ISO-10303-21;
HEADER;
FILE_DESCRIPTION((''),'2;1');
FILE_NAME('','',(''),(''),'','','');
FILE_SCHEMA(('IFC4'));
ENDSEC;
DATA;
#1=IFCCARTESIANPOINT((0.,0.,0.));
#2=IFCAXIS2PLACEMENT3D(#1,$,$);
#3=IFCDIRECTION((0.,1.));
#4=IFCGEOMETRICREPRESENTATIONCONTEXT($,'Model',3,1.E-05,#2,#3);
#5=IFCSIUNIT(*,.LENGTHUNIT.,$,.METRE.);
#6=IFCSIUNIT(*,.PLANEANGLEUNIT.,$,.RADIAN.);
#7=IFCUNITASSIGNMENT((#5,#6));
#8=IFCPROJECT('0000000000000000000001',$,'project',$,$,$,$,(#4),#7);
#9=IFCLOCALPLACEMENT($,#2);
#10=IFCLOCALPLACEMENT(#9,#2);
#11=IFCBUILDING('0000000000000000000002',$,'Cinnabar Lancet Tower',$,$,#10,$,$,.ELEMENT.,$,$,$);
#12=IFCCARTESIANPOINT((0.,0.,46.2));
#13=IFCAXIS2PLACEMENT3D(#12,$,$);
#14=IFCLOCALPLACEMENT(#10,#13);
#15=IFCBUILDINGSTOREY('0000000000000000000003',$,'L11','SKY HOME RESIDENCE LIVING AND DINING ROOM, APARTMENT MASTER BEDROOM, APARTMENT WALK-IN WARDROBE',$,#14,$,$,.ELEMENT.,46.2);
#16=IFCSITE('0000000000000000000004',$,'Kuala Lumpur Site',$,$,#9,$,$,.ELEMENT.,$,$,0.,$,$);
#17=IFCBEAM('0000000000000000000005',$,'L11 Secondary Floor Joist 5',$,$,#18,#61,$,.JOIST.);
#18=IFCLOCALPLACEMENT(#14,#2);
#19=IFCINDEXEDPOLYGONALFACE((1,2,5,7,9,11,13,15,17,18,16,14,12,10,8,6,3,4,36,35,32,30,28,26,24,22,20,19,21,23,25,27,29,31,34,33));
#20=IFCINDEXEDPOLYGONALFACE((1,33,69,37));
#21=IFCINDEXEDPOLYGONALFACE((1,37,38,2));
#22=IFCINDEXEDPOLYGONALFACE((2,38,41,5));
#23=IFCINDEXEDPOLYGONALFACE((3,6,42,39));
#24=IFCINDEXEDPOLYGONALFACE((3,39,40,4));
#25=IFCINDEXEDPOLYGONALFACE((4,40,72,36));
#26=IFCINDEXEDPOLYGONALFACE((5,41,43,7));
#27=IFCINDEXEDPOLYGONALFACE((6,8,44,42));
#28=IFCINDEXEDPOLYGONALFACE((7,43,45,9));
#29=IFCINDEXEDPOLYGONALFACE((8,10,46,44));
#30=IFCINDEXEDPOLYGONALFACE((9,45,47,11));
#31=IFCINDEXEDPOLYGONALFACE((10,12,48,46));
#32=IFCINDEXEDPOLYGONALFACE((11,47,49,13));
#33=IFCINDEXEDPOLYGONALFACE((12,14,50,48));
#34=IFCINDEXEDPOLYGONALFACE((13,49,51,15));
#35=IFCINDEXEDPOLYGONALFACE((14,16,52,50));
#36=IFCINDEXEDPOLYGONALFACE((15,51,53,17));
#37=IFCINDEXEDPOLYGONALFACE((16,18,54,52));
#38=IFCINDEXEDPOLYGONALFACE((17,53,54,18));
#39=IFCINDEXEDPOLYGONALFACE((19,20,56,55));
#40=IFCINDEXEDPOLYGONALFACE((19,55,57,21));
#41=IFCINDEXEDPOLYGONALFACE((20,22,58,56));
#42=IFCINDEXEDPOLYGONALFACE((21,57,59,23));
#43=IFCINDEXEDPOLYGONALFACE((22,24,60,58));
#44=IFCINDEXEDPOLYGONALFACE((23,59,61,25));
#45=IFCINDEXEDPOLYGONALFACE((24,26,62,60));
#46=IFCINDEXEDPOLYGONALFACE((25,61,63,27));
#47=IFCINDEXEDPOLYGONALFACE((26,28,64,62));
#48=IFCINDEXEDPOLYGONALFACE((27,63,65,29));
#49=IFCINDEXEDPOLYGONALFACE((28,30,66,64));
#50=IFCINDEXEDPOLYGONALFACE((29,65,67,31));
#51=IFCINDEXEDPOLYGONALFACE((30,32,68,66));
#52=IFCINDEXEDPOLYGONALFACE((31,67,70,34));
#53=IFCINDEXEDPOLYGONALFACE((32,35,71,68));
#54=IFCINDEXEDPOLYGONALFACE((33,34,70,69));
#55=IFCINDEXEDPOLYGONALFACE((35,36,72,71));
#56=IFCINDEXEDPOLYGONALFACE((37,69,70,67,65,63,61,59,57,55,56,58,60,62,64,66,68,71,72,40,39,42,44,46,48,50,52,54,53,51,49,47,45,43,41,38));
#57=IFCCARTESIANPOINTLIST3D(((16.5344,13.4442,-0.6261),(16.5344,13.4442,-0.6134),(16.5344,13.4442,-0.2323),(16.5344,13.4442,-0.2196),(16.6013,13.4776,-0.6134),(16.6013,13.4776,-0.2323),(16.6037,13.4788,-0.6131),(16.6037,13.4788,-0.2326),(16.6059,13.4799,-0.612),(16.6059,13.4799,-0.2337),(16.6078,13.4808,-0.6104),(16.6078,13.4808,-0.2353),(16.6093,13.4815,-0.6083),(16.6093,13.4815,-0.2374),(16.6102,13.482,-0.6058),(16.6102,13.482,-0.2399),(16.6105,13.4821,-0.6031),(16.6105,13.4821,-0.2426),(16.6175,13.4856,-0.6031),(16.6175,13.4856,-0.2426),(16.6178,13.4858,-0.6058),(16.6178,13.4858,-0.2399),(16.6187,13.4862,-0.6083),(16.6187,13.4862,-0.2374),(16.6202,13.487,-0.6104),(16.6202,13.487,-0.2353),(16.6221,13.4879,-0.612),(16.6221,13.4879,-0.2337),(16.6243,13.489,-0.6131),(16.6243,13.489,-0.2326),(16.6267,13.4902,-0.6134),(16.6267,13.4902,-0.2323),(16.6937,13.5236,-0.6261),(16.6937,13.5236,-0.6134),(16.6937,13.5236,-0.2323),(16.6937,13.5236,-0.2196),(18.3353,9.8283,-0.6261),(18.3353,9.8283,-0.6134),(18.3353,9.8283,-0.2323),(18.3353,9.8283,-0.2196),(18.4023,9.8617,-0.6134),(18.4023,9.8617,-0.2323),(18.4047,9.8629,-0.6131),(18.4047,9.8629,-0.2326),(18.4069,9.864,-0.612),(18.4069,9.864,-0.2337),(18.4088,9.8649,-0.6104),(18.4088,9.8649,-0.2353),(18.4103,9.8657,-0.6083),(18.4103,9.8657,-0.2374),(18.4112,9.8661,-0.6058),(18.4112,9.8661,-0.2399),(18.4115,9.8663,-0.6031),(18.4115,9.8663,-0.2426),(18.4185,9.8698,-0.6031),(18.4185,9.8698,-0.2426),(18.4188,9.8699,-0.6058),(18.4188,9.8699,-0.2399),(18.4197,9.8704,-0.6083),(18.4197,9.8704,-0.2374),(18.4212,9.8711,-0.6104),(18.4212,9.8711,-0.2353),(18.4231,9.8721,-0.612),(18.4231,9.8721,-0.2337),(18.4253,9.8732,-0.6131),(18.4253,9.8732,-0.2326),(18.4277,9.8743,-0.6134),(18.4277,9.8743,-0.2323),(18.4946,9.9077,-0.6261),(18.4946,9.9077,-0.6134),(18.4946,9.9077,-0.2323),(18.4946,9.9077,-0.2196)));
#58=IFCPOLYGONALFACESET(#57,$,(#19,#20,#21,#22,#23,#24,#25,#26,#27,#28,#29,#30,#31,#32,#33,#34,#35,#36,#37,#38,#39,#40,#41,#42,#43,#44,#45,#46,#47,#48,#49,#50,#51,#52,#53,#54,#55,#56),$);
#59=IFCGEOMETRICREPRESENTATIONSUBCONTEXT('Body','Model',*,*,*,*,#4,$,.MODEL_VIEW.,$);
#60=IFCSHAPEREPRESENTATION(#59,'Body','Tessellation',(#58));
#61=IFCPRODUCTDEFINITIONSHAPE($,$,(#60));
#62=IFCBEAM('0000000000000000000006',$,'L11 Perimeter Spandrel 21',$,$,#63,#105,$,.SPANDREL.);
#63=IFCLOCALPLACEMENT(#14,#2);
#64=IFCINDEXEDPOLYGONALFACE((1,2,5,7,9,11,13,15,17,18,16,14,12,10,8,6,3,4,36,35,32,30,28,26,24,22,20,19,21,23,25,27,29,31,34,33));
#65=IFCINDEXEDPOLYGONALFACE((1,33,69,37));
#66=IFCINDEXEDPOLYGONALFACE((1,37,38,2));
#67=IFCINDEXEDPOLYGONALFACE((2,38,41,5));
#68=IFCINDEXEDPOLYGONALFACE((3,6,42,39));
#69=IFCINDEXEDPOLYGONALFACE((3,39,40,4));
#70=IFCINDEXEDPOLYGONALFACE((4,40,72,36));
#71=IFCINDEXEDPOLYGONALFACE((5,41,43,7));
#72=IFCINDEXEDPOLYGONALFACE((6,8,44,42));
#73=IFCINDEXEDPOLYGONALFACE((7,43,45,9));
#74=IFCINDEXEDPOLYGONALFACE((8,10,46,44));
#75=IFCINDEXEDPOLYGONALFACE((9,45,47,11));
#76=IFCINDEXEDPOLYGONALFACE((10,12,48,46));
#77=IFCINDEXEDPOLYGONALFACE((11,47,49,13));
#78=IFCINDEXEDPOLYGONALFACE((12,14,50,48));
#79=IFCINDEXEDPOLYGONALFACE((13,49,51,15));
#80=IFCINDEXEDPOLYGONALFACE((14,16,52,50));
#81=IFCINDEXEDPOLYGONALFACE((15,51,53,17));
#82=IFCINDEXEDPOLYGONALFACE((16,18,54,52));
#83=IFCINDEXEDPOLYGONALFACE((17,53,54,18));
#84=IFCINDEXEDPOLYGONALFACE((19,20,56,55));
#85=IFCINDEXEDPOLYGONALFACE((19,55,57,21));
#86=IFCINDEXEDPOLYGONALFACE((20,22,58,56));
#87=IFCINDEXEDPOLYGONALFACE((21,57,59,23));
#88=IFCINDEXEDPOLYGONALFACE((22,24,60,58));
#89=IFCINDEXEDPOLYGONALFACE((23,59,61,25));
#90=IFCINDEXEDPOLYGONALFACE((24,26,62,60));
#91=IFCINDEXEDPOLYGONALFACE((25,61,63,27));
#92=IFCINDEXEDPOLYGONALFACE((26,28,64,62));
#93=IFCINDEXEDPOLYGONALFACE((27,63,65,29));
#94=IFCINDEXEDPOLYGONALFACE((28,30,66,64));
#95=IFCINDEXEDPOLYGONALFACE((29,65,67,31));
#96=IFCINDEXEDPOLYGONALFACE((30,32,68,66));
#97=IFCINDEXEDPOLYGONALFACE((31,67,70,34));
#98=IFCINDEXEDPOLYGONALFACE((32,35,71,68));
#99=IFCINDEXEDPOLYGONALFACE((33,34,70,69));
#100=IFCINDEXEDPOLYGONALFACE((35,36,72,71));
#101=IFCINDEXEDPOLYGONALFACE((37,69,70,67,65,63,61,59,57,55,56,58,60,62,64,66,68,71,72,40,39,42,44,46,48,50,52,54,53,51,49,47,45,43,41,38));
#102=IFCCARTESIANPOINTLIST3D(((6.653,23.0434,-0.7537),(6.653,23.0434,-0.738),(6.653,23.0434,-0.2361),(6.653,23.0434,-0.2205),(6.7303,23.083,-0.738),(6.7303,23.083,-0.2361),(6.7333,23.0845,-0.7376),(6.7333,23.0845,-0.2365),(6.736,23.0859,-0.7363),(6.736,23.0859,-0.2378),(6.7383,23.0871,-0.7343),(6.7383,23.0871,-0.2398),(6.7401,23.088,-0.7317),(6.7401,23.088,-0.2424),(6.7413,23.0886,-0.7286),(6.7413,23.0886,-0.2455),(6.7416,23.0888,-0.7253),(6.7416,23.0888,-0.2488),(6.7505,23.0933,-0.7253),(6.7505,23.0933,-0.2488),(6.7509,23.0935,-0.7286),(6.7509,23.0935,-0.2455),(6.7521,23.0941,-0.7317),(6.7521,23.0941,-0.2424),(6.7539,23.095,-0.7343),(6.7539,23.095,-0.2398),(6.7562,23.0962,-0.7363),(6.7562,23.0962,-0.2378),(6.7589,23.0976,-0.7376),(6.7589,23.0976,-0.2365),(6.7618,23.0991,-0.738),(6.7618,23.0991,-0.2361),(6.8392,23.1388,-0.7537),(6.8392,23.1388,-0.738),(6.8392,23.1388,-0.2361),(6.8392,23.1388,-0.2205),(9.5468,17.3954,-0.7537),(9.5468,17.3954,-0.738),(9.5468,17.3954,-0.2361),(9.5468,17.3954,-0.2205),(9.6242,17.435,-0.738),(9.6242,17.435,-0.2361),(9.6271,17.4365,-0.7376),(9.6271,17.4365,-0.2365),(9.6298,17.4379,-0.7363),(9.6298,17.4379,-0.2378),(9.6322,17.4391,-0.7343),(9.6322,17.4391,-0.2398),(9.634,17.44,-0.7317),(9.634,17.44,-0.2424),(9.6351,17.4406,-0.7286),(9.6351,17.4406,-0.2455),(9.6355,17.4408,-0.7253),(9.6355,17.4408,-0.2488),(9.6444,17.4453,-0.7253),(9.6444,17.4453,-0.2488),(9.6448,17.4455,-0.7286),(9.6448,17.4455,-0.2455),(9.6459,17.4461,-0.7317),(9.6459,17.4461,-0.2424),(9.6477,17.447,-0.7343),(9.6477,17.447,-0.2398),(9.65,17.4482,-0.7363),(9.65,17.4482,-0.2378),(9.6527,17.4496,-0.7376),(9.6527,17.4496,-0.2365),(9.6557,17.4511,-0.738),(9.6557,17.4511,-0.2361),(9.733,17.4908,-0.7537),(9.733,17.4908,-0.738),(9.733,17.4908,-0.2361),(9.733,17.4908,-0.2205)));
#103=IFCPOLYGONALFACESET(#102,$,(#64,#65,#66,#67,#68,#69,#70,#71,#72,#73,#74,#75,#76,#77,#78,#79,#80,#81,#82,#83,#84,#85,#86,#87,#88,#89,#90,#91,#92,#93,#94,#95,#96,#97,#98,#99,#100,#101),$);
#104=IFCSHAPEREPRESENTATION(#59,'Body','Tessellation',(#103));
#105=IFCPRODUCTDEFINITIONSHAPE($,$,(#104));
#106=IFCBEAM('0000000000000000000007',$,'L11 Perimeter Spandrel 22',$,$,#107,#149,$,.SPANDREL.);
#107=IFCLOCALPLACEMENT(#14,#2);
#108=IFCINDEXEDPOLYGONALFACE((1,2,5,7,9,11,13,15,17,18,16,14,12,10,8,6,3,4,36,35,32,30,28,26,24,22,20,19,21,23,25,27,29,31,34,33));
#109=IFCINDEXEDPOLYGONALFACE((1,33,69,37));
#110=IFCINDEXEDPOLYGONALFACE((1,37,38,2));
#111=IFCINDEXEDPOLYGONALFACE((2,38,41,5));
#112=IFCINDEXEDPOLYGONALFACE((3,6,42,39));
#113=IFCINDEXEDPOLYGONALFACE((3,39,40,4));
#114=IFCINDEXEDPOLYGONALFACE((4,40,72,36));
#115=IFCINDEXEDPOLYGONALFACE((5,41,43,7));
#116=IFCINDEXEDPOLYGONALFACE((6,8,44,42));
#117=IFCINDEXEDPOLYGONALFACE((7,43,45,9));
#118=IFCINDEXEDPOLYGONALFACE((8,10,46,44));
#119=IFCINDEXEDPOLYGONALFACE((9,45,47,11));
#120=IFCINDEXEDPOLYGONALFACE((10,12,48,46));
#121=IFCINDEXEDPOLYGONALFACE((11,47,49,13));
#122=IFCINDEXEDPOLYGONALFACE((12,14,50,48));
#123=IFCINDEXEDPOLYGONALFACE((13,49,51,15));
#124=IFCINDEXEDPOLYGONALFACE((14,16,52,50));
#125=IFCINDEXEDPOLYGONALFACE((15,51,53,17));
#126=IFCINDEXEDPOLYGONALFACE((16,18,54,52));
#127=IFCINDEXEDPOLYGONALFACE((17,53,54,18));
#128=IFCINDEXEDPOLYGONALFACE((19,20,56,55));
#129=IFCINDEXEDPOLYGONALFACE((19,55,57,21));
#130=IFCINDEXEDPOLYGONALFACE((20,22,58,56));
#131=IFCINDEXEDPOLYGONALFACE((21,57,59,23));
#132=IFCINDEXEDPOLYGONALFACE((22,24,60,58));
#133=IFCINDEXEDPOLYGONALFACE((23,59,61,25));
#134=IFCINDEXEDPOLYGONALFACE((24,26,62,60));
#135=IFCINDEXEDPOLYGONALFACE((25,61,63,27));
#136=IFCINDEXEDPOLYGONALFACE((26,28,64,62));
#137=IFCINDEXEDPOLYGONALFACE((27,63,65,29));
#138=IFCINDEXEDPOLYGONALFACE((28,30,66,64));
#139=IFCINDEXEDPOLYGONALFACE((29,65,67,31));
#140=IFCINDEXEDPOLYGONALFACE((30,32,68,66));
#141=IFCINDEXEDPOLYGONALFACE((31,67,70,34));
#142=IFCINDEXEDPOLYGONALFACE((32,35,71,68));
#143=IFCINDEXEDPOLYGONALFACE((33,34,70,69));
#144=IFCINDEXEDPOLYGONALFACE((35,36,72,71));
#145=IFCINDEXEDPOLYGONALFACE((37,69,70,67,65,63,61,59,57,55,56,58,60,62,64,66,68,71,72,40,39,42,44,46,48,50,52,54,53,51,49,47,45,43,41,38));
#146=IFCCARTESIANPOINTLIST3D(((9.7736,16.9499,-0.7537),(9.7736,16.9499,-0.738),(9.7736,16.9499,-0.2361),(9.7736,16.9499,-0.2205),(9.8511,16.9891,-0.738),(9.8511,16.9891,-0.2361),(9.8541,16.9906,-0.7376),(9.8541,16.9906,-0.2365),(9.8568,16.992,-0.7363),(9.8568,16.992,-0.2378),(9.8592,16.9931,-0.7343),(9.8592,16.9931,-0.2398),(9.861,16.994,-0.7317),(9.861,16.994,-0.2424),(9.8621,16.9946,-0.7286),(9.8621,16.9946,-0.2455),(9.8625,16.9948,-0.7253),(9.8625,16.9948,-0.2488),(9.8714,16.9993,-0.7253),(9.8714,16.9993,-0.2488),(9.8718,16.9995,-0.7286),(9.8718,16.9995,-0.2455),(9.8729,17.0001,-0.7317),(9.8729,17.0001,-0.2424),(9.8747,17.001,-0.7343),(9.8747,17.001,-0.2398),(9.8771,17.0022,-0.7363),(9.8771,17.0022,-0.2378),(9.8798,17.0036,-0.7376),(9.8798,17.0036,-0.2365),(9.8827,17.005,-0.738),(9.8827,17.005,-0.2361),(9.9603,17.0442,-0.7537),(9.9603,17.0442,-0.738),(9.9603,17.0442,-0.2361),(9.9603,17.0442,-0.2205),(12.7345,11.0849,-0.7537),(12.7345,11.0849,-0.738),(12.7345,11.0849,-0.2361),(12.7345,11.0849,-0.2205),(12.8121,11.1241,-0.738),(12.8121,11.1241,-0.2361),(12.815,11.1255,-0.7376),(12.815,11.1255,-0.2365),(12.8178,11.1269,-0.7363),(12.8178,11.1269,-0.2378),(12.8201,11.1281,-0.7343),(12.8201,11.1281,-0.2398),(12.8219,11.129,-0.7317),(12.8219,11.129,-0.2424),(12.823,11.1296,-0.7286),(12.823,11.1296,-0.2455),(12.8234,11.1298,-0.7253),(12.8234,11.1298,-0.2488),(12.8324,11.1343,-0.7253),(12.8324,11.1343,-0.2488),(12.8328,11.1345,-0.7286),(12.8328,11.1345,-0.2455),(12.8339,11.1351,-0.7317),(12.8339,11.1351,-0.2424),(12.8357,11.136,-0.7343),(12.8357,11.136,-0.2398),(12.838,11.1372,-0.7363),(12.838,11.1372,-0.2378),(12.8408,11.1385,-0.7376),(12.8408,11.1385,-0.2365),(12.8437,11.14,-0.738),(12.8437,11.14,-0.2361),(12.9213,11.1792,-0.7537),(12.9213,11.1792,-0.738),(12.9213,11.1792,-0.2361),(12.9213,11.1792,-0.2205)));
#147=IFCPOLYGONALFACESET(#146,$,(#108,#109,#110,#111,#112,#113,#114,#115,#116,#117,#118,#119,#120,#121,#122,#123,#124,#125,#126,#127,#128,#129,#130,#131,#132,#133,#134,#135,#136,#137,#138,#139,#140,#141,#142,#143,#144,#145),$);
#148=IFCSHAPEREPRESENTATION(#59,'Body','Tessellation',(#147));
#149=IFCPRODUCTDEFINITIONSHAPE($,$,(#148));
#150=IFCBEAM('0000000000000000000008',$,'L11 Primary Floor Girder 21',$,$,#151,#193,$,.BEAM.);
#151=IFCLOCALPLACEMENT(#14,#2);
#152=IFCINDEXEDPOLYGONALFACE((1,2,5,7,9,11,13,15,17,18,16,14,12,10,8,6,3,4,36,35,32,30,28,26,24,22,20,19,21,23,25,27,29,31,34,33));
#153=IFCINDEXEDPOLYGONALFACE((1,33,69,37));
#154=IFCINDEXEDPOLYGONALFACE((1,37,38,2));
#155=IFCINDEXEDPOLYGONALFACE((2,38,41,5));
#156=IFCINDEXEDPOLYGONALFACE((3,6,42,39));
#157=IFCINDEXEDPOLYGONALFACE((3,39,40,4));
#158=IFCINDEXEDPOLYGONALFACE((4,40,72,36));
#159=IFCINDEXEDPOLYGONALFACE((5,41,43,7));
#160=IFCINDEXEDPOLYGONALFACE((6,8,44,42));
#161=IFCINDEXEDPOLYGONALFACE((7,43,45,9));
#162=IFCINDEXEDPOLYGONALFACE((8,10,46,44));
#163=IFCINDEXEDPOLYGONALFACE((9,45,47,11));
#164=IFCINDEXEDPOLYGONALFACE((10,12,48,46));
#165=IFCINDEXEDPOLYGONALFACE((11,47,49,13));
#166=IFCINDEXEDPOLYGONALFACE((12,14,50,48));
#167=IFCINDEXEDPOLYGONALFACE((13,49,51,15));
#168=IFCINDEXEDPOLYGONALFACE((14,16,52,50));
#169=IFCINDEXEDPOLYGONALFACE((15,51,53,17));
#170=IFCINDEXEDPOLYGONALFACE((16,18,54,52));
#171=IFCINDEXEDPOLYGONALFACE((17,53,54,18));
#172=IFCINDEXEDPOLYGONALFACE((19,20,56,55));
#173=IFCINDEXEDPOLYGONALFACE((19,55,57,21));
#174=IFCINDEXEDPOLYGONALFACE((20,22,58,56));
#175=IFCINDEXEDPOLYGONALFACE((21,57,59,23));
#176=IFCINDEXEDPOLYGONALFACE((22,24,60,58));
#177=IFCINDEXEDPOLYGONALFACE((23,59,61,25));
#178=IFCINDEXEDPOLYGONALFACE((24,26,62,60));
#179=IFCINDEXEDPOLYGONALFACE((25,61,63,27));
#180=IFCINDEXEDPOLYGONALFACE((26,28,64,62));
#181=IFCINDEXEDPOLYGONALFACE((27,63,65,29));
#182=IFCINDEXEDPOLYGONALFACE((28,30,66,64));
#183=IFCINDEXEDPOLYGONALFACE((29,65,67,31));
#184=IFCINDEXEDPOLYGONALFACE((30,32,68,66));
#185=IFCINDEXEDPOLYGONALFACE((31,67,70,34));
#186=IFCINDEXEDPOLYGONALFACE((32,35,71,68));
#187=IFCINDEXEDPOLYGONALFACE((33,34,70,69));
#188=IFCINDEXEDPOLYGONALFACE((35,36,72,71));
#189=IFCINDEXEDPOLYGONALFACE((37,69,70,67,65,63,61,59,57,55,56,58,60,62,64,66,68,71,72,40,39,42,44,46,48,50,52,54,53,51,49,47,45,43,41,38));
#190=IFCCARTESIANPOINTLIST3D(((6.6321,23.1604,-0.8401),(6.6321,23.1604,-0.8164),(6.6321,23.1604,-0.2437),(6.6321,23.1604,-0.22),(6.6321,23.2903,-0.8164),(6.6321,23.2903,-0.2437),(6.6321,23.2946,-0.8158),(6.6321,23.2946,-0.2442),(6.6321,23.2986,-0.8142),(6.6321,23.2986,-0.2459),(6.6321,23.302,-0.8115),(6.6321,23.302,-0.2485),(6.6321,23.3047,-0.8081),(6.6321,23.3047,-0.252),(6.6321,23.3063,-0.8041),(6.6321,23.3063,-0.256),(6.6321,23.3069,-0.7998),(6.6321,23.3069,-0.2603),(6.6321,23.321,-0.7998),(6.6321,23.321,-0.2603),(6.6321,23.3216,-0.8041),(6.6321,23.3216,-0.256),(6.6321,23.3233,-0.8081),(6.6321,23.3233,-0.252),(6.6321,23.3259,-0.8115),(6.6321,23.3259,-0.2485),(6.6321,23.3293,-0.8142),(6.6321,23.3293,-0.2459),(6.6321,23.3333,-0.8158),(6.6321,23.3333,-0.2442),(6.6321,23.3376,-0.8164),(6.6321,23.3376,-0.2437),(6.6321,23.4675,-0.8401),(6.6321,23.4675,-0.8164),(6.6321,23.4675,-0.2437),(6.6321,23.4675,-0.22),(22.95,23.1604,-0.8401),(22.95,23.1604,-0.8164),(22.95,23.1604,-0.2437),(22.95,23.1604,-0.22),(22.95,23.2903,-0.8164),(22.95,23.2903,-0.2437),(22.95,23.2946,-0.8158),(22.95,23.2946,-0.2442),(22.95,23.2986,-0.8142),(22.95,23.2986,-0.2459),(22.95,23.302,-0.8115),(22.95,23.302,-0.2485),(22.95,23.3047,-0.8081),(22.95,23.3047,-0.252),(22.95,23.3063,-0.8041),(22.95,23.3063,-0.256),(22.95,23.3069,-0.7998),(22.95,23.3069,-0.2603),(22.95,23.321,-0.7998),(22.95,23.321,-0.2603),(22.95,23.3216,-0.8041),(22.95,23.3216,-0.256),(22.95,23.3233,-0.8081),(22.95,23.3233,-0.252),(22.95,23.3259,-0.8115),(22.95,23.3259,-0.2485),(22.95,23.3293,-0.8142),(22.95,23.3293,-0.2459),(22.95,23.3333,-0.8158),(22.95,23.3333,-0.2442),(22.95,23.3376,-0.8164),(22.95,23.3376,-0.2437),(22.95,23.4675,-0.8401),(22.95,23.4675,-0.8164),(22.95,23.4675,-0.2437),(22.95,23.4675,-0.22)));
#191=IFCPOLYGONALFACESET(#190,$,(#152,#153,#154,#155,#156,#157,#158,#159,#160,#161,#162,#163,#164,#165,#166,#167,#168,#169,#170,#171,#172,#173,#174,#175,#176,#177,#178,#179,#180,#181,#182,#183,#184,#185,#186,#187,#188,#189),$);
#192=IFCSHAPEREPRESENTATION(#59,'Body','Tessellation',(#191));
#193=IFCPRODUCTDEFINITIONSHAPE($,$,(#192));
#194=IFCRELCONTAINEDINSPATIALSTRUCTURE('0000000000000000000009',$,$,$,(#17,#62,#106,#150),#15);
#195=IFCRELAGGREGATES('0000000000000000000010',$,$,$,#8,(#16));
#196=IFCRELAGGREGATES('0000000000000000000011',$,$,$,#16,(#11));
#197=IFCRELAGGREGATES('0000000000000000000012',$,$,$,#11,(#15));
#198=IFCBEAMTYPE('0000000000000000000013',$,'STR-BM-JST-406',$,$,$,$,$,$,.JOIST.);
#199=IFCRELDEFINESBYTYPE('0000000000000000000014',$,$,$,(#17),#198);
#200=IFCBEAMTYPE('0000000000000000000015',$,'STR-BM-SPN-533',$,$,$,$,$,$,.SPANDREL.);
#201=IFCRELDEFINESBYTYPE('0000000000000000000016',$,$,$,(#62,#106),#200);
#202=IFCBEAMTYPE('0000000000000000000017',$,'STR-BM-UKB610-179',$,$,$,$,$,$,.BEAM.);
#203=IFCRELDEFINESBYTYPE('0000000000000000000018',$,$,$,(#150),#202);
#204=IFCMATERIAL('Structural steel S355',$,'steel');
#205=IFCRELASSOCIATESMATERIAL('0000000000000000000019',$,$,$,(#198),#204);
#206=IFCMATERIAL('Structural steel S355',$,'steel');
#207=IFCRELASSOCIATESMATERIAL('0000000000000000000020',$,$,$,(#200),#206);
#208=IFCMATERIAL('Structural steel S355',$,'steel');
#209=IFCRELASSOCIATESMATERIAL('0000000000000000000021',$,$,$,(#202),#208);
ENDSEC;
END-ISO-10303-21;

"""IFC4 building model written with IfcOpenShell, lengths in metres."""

from ifc_helpers import new_model, si_unit, direction, frame, origin, origin_2d, place, context, subcontext, project, spatial, i_section, extrude, material, material_profile, profile_set, type_object, element, save


model = new_model("IFC4")

# Units and contexts
model_context = context("Model", 3, precision=1e-05, world=origin(), true_north=direction((0.0, 1.0)))
body_context = subcontext(model_context, "Body", "Model", "MODEL_VIEW")
ifc_project = project(units=[si_unit("LENGTHUNIT", "METRE"), si_unit("PLANEANGLEUNIT", "RADIAN")], contexts=[model_context])

# Site, building, storey
site_placement = place(None, origin())
site = spatial("IfcSite", under=ifc_project, at=site_placement, Name="Kuala Lumpur Site", CompositionType="ELEMENT", RefElevation=0.0)
building_placement = place(site_placement, origin())
building = spatial("IfcBuilding", under=site, at=building_placement, Name="Cinnabar Lancet Tower", CompositionType="ELEMENT")
storey_placement = place(building_placement, frame((0.0, 0.0, 46.2)))
storey = spatial("IfcBuildingStorey", under=building, at=storey_placement, Name="L11", Description="SKY HOME RESIDENCE LIVING AND DINING ROOM, APARTMENT MASTER BEDROOM, APARTMENT WALK-IN WARDROBE", CompositionType="ELEMENT", Elevation=46.2)

# Beams
ifc_material_1 = material(Name="Structural steel S355", Category="steel")
ifc_material_profile_1 = material_profile(ifc_material_1, i_section(OverallWidth=0.178, OverallDepth=0.4065, WebThickness=0.0078, FlangeThickness=0.0127, FilletRadius=0.0103, at=origin_2d()), Name="UKB 406x178x60")
ifc_profile_set_1 = profile_set([ifc_material_profile_1], Name="Structural steel S355")
beam_type_1 = type_object("IfcBeamType", Name="STR-BM-JST-406", PredefinedType="JOIST", material=ifc_profile_set_1)
beam_1_placement = place(storey_placement, frame((16.614, 13.4839, -0.4229), z_axis=(0.445835, -0.895115, 0.0), x_axis=(0.895115, 0.445835, 0.0)))
element("IfcBeam", 1, at=beam_1_placement, inside=storey, type_object=beam_type_1, Name="L11 Secondary Floor Joist 5", PredefinedType="JOIST", context=body_context, shape_type="SweptSolid", body=[
    extrude(i_section(OverallWidth=0.178, OverallDepth=0.4065, WebThickness=0.0078, FlangeThickness=0.0127, FilletRadius=0.0103, at=origin_2d()), origin(), (0.0, 0.0, 1.0), 4.0396),
])
ifc_material_2 = material(Name="Structural steel S355", Category="steel")
ifc_material_profile_2 = material_profile(ifc_material_2, i_section(OverallWidth=0.2092, OverallDepth=0.5332, WebThickness=0.01, FlangeThickness=0.0156, FilletRadius=0.0127, at=origin_2d()), Name="UKB 533x210x92")
ifc_profile_set_2 = profile_set([ifc_material_profile_2], Name="Structural steel S355")
beam_type_2 = type_object("IfcBeamType", Name="STR-BM-SPN-533", PredefinedType="SPANDREL", material=ifc_profile_set_2)
beam_2_placement = place(storey_placement, frame((6.7461, 23.0911, -0.4871), z_axis=(0.455994, -0.889983, 0.0), x_axis=(0.889983, 0.455994, 0.0)))
element("IfcBeam", 2, at=beam_2_placement, inside=storey, type_object=beam_type_2, Name="L11 Perimeter Spandrel 21", PredefinedType="SPANDREL", context=body_context, shape_type="SweptSolid", body=[
    extrude(i_section(OverallWidth=0.2092, OverallDepth=0.5332, WebThickness=0.01, FlangeThickness=0.0156, FilletRadius=0.0127, at=origin_2d()), origin(), (0.0, 0.0, 1.0), 6.3462),
])
beam_3_placement = place(storey_placement, frame((9.8669, 16.9971, -0.4871), z_axis=(0.450674, -0.892689, 0.0), x_axis=(0.892689, 0.450674, 0.0)))
element("IfcBeam", 3, at=beam_3_placement, inside=storey, type_object=beam_type_2, Name="L11 Perimeter Spandrel 22", PredefinedType="SPANDREL", context=body_context, shape_type="SweptSolid", body=[
    extrude(i_section(OverallWidth=0.2092, OverallDepth=0.5332, WebThickness=0.01, FlangeThickness=0.0156, FilletRadius=0.0127, at=origin_2d()), origin(), (0.0, 0.0, 1.0), 6.5701),
])
ifc_material_3 = material(Name="Structural steel S355", Category="steel")
ifc_material_profile_3 = material_profile(ifc_material_3, i_section(OverallWidth=0.3071, OverallDepth=0.6201, WebThickness=0.0142, FlangeThickness=0.0237, FilletRadius=0.0166, at=origin_2d()), Name="UKB 610x305x179")
ifc_profile_set_3 = profile_set([ifc_material_profile_3], Name="Structural steel S355")
beam_type_3 = type_object("IfcBeamType", Name="STR-BM-UKB610-179", PredefinedType="BEAM", material=ifc_profile_set_3)
beam_4_placement = place(storey_placement, frame((6.6321, 23.314, -0.53), z_axis=(1.0, 0.0, 0.0), x_axis=(0.0, 1.0, 0.0)))
element("IfcBeam", 4, at=beam_4_placement, inside=storey, type_object=beam_type_3, Name="L11 Primary Floor Girder 21", PredefinedType="BEAM", context=body_context, shape_type="SweptSolid", body=[
    extrude(i_section(OverallWidth=0.3071, OverallDepth=0.6201, WebThickness=0.0142, FlangeThickness=0.0237, FilletRadius=0.0166, at=origin_2d()), origin(), (0.0, 0.0, 1.0), 16.3179),
])

save(model, "model.ifc")
